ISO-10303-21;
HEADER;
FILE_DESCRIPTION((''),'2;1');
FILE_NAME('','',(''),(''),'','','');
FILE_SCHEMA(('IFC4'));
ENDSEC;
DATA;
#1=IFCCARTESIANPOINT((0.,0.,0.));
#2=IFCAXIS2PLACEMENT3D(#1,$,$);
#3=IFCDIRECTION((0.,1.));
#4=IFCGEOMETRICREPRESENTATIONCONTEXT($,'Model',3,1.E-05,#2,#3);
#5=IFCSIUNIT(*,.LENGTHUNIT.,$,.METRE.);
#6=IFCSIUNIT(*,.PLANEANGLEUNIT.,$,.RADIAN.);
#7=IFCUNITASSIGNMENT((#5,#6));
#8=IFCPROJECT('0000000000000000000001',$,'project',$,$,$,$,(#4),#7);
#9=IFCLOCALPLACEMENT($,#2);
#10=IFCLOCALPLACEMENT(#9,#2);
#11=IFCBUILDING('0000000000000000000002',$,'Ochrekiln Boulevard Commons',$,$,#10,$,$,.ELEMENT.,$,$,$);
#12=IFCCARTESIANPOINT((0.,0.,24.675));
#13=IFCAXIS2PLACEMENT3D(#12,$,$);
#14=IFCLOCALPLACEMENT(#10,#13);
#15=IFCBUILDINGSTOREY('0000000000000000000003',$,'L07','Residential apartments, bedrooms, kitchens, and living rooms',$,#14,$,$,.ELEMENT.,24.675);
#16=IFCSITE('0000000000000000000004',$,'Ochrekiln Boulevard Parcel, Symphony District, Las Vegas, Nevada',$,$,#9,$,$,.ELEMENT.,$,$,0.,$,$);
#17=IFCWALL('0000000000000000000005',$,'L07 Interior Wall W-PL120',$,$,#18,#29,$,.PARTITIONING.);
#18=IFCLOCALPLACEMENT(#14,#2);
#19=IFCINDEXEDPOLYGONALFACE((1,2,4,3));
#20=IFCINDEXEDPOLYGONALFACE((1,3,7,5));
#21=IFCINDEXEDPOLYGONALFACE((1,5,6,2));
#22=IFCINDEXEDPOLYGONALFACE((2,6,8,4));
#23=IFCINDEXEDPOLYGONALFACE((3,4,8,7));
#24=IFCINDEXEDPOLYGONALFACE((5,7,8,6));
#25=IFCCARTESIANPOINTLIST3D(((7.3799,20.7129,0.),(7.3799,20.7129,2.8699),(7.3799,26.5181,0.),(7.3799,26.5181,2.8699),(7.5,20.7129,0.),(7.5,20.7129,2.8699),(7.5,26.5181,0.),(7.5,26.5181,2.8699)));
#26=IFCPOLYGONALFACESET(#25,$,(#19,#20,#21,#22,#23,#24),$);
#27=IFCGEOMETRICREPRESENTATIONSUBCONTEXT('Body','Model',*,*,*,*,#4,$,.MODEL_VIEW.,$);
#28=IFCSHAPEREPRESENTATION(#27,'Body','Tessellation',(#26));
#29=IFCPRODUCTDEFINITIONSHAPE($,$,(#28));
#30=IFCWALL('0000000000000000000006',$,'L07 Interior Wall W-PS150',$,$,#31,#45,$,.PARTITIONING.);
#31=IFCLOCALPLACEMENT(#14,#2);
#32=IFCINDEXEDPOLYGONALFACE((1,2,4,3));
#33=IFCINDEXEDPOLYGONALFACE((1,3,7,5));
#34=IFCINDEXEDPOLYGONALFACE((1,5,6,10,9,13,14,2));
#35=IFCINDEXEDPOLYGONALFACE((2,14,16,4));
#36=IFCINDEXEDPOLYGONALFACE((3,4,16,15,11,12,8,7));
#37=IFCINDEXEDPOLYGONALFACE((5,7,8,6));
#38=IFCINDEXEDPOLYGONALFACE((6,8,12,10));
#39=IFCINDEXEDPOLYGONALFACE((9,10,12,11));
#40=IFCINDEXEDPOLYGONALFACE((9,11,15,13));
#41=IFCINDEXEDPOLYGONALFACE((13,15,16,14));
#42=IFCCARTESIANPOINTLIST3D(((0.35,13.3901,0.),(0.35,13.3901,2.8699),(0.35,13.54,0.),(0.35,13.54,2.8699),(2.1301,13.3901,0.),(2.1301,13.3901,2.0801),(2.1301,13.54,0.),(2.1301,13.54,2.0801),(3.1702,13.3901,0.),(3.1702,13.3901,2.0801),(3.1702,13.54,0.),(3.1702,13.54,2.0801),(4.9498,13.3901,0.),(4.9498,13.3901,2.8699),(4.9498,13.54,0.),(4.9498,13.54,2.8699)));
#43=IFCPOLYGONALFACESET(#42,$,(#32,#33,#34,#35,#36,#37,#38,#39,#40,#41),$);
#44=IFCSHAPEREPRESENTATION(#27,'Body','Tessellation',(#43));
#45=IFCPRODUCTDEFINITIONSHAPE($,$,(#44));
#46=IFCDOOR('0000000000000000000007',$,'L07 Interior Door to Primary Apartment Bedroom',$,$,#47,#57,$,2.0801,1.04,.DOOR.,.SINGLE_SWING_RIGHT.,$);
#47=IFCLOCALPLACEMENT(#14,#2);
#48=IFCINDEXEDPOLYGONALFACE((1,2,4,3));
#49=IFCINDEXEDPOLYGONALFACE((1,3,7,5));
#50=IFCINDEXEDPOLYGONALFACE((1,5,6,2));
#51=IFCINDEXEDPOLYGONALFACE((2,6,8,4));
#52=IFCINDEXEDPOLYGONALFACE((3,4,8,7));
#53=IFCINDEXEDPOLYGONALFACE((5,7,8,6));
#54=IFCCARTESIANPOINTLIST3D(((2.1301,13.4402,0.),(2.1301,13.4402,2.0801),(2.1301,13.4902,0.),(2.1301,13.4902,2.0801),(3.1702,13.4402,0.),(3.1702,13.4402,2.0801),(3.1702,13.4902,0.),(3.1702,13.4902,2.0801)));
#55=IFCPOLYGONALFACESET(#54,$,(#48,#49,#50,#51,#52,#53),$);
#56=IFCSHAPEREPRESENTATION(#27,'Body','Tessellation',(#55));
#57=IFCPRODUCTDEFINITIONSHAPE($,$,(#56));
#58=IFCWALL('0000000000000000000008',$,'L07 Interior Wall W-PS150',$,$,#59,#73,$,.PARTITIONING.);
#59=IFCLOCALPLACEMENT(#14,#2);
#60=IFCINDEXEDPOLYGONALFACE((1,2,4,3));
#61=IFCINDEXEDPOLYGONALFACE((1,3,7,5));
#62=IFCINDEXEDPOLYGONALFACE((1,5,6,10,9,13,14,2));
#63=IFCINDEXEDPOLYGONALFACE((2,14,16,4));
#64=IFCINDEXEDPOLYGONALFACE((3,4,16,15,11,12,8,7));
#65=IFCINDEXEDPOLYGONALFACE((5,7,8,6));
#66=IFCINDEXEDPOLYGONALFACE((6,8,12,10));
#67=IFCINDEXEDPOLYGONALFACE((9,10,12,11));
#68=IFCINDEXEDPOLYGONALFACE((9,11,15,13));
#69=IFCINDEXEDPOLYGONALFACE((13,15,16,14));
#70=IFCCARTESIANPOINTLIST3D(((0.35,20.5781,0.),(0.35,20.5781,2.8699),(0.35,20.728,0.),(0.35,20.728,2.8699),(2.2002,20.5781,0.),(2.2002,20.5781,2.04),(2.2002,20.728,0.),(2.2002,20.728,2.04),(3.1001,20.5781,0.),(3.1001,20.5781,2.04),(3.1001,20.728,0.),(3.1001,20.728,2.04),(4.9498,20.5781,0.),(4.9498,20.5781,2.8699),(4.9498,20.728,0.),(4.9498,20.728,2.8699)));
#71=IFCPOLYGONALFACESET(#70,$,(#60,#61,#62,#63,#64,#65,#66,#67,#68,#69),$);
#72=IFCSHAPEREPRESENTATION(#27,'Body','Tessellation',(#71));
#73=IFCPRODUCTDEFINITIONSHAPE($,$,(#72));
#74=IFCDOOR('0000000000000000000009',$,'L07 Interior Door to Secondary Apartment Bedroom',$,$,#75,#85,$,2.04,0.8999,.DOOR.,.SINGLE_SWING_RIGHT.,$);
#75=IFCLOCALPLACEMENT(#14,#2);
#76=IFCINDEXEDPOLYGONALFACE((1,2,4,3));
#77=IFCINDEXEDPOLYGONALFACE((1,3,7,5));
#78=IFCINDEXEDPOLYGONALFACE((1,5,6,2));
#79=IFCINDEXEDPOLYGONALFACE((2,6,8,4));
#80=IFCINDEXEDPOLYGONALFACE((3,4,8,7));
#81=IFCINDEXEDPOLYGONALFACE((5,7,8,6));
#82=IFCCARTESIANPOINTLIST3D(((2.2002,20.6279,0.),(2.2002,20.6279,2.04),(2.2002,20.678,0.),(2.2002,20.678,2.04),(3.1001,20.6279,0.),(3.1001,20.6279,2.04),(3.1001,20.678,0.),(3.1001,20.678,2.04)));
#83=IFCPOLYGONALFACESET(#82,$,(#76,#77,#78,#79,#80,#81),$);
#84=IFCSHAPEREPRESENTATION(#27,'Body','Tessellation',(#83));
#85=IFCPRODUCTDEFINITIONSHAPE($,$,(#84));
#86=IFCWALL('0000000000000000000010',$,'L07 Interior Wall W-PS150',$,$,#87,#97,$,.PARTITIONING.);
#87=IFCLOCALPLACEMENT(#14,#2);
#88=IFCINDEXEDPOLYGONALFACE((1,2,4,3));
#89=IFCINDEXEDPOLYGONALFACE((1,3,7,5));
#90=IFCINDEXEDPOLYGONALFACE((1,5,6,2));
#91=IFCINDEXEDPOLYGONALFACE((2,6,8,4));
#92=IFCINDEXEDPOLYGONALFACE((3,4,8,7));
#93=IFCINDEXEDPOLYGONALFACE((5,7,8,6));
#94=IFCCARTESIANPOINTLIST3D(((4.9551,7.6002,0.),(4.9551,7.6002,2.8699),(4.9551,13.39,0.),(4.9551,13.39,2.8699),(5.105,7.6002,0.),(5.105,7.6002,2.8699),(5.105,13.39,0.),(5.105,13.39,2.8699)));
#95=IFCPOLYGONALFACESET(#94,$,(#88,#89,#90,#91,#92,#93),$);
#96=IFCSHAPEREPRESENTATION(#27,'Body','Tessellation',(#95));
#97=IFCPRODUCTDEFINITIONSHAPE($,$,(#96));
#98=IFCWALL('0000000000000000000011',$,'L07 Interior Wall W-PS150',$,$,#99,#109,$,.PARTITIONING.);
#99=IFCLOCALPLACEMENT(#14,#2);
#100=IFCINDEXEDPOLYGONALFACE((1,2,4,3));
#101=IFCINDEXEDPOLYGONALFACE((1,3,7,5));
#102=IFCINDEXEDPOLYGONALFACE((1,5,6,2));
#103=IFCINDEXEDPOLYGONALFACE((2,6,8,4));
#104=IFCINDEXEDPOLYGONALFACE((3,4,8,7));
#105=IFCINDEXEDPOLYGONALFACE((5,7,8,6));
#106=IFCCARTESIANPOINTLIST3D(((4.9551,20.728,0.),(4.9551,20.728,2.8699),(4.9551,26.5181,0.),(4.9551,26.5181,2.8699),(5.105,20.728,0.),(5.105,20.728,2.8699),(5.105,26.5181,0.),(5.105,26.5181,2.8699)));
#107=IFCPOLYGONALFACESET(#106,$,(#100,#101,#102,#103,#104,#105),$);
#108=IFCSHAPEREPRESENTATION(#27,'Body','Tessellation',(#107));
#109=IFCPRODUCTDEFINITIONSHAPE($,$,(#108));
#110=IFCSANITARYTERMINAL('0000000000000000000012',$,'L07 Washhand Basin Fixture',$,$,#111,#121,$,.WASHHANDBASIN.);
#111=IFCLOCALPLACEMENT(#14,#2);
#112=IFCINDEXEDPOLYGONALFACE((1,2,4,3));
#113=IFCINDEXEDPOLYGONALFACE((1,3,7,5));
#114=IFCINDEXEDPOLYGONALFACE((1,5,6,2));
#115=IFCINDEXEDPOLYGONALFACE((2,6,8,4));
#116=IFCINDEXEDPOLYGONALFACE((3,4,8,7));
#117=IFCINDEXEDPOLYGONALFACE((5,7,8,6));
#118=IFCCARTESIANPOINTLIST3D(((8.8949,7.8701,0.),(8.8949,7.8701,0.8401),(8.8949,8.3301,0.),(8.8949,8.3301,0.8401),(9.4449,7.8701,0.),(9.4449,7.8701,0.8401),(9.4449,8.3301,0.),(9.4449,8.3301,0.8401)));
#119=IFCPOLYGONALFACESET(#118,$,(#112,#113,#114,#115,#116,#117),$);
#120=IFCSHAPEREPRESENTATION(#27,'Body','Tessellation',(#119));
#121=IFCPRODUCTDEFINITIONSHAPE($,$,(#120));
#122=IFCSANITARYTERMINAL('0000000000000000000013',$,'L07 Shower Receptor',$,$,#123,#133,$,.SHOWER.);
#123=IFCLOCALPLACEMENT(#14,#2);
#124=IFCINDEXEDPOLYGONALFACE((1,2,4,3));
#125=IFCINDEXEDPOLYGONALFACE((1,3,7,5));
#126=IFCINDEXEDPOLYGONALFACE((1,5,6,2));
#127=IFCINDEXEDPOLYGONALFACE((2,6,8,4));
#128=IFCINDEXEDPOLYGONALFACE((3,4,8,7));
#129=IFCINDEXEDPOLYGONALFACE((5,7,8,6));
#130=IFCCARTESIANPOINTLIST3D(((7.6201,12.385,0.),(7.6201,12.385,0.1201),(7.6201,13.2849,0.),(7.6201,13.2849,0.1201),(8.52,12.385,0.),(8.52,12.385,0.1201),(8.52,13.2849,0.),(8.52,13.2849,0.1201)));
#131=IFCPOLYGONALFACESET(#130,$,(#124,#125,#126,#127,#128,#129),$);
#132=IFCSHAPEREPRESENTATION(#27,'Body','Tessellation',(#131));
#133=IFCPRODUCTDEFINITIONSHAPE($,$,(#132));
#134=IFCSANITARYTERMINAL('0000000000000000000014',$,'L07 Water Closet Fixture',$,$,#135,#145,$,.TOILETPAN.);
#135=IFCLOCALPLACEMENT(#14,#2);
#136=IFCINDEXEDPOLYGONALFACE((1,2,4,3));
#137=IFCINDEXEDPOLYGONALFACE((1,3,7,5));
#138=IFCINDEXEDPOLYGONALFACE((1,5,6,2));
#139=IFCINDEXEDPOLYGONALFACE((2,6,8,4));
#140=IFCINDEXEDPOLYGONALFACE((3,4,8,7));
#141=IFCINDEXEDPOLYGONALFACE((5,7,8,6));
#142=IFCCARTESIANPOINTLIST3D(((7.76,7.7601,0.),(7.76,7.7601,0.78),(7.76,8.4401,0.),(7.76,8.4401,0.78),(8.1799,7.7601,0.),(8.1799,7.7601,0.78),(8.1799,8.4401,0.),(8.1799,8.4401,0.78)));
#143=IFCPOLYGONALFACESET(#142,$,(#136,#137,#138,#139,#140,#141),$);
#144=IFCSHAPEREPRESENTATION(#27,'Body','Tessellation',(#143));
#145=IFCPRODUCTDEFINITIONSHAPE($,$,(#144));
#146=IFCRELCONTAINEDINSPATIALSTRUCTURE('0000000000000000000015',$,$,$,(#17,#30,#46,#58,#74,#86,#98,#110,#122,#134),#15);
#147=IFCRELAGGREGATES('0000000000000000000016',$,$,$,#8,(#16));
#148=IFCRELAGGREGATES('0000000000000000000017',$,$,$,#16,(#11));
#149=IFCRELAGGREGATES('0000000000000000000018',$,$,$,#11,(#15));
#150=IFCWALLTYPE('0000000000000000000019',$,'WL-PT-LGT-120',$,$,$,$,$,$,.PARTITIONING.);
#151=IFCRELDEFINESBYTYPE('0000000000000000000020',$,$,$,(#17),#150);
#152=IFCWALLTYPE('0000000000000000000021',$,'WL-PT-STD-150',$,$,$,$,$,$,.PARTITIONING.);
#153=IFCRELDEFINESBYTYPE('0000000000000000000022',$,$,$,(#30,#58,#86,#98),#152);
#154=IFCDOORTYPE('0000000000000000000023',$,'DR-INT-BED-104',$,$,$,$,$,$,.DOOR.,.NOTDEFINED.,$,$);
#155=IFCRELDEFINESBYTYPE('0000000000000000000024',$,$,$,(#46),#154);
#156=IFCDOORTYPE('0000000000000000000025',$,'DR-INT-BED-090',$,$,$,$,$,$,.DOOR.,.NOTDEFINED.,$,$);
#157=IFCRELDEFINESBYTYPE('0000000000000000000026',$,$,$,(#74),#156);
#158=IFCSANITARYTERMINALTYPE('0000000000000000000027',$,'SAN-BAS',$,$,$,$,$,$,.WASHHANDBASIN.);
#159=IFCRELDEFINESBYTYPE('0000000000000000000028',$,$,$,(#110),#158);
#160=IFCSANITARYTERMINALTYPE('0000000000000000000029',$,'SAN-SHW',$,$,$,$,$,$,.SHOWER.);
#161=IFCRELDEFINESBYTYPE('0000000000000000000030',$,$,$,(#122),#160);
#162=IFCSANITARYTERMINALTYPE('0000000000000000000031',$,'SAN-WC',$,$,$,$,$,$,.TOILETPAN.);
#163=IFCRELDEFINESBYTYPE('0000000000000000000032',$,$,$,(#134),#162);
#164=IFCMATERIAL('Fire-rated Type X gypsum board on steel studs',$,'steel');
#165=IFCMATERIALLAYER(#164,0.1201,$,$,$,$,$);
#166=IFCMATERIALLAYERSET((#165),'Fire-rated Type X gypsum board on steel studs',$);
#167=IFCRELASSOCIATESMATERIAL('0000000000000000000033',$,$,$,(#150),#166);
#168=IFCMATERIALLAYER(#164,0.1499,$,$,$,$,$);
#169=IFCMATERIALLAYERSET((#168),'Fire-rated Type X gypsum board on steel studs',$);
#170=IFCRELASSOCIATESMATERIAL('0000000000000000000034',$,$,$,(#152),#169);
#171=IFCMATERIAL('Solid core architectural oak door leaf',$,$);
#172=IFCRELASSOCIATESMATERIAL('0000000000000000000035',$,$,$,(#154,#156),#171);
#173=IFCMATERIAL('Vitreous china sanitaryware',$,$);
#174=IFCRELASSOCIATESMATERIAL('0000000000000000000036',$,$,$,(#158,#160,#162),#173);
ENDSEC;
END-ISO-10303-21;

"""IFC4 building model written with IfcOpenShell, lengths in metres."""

from ifc_helpers import new_model, si_unit, direction, frame, frame_2d, origin, origin_2d, place, context, subcontext, project, spatial, rectangle, extrude, material, layer, layer_set, type_object, element, fill, save


model = new_model("IFC4")

# Units and contexts
model_context = context("Model", 3, precision=1e-05, world=origin(), true_north=direction((0.0, 1.0)))
body_context = subcontext(model_context, "Body", "Model", "MODEL_VIEW")
ifc_project = project(units=[si_unit("LENGTHUNIT", "METRE"), si_unit("PLANEANGLEUNIT", "RADIAN")], contexts=[model_context])

# Site, building, storey
site_placement = place(None, origin())
site = spatial("IfcSite", under=ifc_project, at=site_placement, Name="Ochrekiln Boulevard Parcel, Symphony District, Las Vegas, Nevada", CompositionType="ELEMENT", RefElevation=0.0)
building_placement = place(site_placement, origin())
building = spatial("IfcBuilding", under=site, at=building_placement, Name="Ochrekiln Boulevard Commons", CompositionType="ELEMENT")
storey_placement = place(building_placement, frame((0.0, 0.0, 24.675)))
storey = spatial("IfcBuildingStorey", under=building, at=storey_placement, Name="L07", Description="Residential apartments, bedrooms, kitchens, and living rooms", CompositionType="ELEMENT", Elevation=24.675)

# Shared definitions
ifc_material_1 = material(Name="Solid core architectural oak door leaf")

# Shared definitions
ifc_material_2 = material(Name="Fire-rated Type X gypsum board on steel studs", Category="steel")

# Shared definitions
ifc_layer_1 = layer(ifc_material_2, 0.1201)
ifc_layer_set_1 = layer_set([ifc_layer_1], Name="Fire-rated Type X gypsum board on steel studs")
wall_type_1 = type_object("IfcWallType", Name="WL-PT-LGT-120", PredefinedType="PARTITIONING", material=ifc_layer_set_1)

# Wall
wall_1_placement = place(storey_placement, frame((7.4399, 20.7129, 0.0), z_axis=(0.0, 0.0, 1.0), x_axis=(0.0, 1.0, 0.0)))
element("IfcWall", 1, at=wall_1_placement, inside=storey, type_object=wall_type_1, Name="L07 Interior Wall W-PL120", PredefinedType="PARTITIONING", context=body_context, shape_type="SweptSolid", body=[
    extrude(rectangle(XDim=5.8052, YDim=0.1201, at=frame_2d((2.9026, 0.0))), origin(), (0.0, 0.0, 1.0), 2.8699),
])

# Walls, openings, doors
ifc_layer_2 = layer(ifc_material_2, 0.1499)
ifc_layer_set_2 = layer_set([ifc_layer_2], Name="Fire-rated Type X gypsum board on steel studs")
wall_type_2 = type_object("IfcWallType", Name="WL-PT-STD-150", PredefinedType="PARTITIONING", material=ifc_layer_set_2)
wall_2_placement = place(storey_placement, frame((0.3501, 13.4651, 0.0), z_axis=(0.0, 0.0, 1.0), x_axis=(1.0, 0.0, 0.0)))
wall_2 = element("IfcWall", 2, at=wall_2_placement, inside=storey, type_object=wall_type_2, Name="L07 Interior Wall W-PS150", PredefinedType="PARTITIONING", context=body_context, shape_type="SweptSolid", body=[
    extrude(rectangle(XDim=4.5999, YDim=0.1499, at=frame_2d((2.2998, 0.0))), origin(), (0.0, 0.0, 1.0), 2.8699),
])
opening_1_placement = place(wall_2_placement, frame((1.78, 0.0, 0.0)))
opening_1 = element("IfcOpeningElement", 3, at=opening_1_placement, cuts=wall_2, PredefinedType="OPENING", context=body_context, shape_type="SweptSolid", body=[
    extrude(rectangle(XDim=1.04, YDim=2.0801, at=frame_2d((0.52, 1.04))), frame((0.0, 0.085, 0.0), z_axis=(0.0, -1.0, 0.0), x_axis=(1.0, 0.0, 0.0)), (0.0, 0.0, 1.0), 0.1699),
])
door_type_1 = type_object("IfcDoorType", Name="DR-INT-BED-104", OperationType="NOTDEFINED", PredefinedType="DOOR", material=ifc_material_1)
door_1_placement = place(opening_1_placement, frame((1.04, 0.0, 0.0), z_axis=(0.0, 0.0, 1.0), x_axis=(-1.0, 0.0, 0.0)))
door_1 = element("IfcDoor", 4, at=door_1_placement, inside=storey, type_object=door_type_1, Name="L07 Interior Door to Primary Apartment Bedroom", OperationType="SINGLE_SWING_RIGHT", OverallHeight=2.0801, OverallWidth=1.04, PredefinedType="DOOR", context=body_context, shape_type="SweptSolid", body=[
    extrude(rectangle(XDim=1.04, YDim=2.0801, at=frame_2d((0.52, 1.04))), frame((0.0, 0.0249, 0.0), z_axis=(0.0, -1.0, 0.0), x_axis=(1.0, 0.0, 0.0)), (0.0, 0.0, 1.0), 0.05),
])
fill(opening_1, door_1)
wall_3_placement = place(storey_placement, frame((0.3501, 20.6531, 0.0), z_axis=(0.0, 0.0, 1.0), x_axis=(1.0, 0.0, 0.0)))
wall_3 = element("IfcWall", 5, at=wall_3_placement, inside=storey, type_object=wall_type_2, Name="L07 Interior Wall W-PS150", PredefinedType="PARTITIONING", context=body_context, shape_type="SweptSolid", body=[
    extrude(rectangle(XDim=4.5999, YDim=0.1499, at=frame_2d((2.2998, 0.0))), origin(), (0.0, 0.0, 1.0), 2.8699),
])
opening_2_placement = place(wall_3_placement, frame((1.8501, 0.0, 0.0)))
opening_2 = element("IfcOpeningElement", 6, at=opening_2_placement, cuts=wall_3, PredefinedType="OPENING", context=body_context, shape_type="SweptSolid", body=[
    extrude(rectangle(XDim=0.8999, YDim=2.04, at=frame_2d((0.45, 1.02))), frame((0.0, 0.085, 0.0), z_axis=(0.0, -1.0, 0.0), x_axis=(1.0, 0.0, 0.0)), (0.0, 0.0, 1.0), 0.1699),
])
door_type_2 = type_object("IfcDoorType", Name="DR-INT-BED-090", OperationType="NOTDEFINED", PredefinedType="DOOR", material=ifc_material_1)
door_2_placement = place(opening_2_placement, origin())
door_2 = element("IfcDoor", 7, at=door_2_placement, inside=storey, type_object=door_type_2, Name="L07 Interior Door to Secondary Apartment Bedroom", OperationType="SINGLE_SWING_RIGHT", OverallHeight=2.04, OverallWidth=0.8999, PredefinedType="DOOR", context=body_context, shape_type="SweptSolid", body=[
    extrude(rectangle(XDim=0.8999, YDim=2.04, at=frame_2d((0.45, 1.02))), frame((0.0, 0.0249, 0.0), z_axis=(0.0, -1.0, 0.0), x_axis=(1.0, 0.0, 0.0)), (0.0, 0.0, 1.0), 0.05),
])
fill(opening_2, door_2)

# Walls
wall_4_placement = place(storey_placement, frame((5.03, 7.6001, 0.0), z_axis=(0.0, 0.0, 1.0), x_axis=(0.0, 1.0, 0.0)))
element("IfcWall", 8, at=wall_4_placement, inside=storey, type_object=wall_type_2, Name="L07 Interior Wall W-PS150", PredefinedType="PARTITIONING", context=body_context, shape_type="SweptSolid", body=[
    extrude(rectangle(XDim=5.7898, YDim=0.1499, at=frame_2d((2.895, 0.0))), origin(), (0.0, 0.0, 1.0), 2.8699),
])
wall_5_placement = place(storey_placement, frame((5.03, 20.728, 0.0), z_axis=(0.0, 0.0, 1.0), x_axis=(0.0, 1.0, 0.0)))
element("IfcWall", 9, at=wall_5_placement, inside=storey, type_object=wall_type_2, Name="L07 Interior Wall W-PS150", PredefinedType="PARTITIONING", context=body_context, shape_type="SweptSolid", body=[
    extrude(rectangle(XDim=5.79, YDim=0.1499, at=frame_2d((2.895, 0.0))), origin(), (0.0, 0.0, 1.0), 2.8699),
])

# Sanitary terminals
ifc_material_3 = material(Name="Vitreous china sanitaryware")
sanitary_terminal_type_1 = type_object("IfcSanitaryTerminalType", Name="SAN-BAS", PredefinedType="WASHHANDBASIN", material=ifc_material_3)
sanitary_terminal_1_placement = place(storey_placement, frame((9.1699, 8.1001, 0.0), z_axis=(0.0, 0.0, 1.0), x_axis=(1.0, 0.0, 0.0)))
element("IfcSanitaryTerminal", 10, at=sanitary_terminal_1_placement, inside=storey, type_object=sanitary_terminal_type_1, Name="L07 Washhand Basin Fixture", PredefinedType="WASHHANDBASIN", context=body_context, shape_type="SweptSolid", body=[
    extrude(rectangle(XDim=0.55, YDim=0.46, at=origin_2d()), origin(), (0.0, 0.0, 1.0), 0.8401),
])
sanitary_terminal_type_2 = type_object("IfcSanitaryTerminalType", Name="SAN-SHW", PredefinedType="SHOWER", material=ifc_material_3)
sanitary_terminal_2_placement = place(storey_placement, frame((8.0701, 12.835, 0.0), z_axis=(0.0, 0.0, 1.0), x_axis=(1.0, 0.0, 0.0)))
element("IfcSanitaryTerminal", 11, at=sanitary_terminal_2_placement, inside=storey, type_object=sanitary_terminal_type_2, Name="L07 Shower Receptor", PredefinedType="SHOWER", context=body_context, shape_type="SweptSolid", body=[
    extrude(rectangle(XDim=0.8999, YDim=0.8999, at=origin_2d()), origin(), (0.0, 0.0, 1.0), 0.1201),
])
sanitary_terminal_type_3 = type_object("IfcSanitaryTerminalType", Name="SAN-WC", PredefinedType="TOILETPAN", material=ifc_material_3)
sanitary_terminal_3_placement = place(storey_placement, frame((7.97, 8.1001, 0.0), z_axis=(0.0, 0.0, 1.0), x_axis=(1.0, 0.0, 0.0)))
element("IfcSanitaryTerminal", 12, at=sanitary_terminal_3_placement, inside=storey, type_object=sanitary_terminal_type_3, Name="L07 Water Closet Fixture", PredefinedType="TOILETPAN", context=body_context, shape_type="SweptSolid", body=[
    extrude(rectangle(XDim=0.4199, YDim=0.6799, at=origin_2d()), origin(), (0.0, 0.0, 1.0), 0.78),
])

save(model, "model.ifc")
